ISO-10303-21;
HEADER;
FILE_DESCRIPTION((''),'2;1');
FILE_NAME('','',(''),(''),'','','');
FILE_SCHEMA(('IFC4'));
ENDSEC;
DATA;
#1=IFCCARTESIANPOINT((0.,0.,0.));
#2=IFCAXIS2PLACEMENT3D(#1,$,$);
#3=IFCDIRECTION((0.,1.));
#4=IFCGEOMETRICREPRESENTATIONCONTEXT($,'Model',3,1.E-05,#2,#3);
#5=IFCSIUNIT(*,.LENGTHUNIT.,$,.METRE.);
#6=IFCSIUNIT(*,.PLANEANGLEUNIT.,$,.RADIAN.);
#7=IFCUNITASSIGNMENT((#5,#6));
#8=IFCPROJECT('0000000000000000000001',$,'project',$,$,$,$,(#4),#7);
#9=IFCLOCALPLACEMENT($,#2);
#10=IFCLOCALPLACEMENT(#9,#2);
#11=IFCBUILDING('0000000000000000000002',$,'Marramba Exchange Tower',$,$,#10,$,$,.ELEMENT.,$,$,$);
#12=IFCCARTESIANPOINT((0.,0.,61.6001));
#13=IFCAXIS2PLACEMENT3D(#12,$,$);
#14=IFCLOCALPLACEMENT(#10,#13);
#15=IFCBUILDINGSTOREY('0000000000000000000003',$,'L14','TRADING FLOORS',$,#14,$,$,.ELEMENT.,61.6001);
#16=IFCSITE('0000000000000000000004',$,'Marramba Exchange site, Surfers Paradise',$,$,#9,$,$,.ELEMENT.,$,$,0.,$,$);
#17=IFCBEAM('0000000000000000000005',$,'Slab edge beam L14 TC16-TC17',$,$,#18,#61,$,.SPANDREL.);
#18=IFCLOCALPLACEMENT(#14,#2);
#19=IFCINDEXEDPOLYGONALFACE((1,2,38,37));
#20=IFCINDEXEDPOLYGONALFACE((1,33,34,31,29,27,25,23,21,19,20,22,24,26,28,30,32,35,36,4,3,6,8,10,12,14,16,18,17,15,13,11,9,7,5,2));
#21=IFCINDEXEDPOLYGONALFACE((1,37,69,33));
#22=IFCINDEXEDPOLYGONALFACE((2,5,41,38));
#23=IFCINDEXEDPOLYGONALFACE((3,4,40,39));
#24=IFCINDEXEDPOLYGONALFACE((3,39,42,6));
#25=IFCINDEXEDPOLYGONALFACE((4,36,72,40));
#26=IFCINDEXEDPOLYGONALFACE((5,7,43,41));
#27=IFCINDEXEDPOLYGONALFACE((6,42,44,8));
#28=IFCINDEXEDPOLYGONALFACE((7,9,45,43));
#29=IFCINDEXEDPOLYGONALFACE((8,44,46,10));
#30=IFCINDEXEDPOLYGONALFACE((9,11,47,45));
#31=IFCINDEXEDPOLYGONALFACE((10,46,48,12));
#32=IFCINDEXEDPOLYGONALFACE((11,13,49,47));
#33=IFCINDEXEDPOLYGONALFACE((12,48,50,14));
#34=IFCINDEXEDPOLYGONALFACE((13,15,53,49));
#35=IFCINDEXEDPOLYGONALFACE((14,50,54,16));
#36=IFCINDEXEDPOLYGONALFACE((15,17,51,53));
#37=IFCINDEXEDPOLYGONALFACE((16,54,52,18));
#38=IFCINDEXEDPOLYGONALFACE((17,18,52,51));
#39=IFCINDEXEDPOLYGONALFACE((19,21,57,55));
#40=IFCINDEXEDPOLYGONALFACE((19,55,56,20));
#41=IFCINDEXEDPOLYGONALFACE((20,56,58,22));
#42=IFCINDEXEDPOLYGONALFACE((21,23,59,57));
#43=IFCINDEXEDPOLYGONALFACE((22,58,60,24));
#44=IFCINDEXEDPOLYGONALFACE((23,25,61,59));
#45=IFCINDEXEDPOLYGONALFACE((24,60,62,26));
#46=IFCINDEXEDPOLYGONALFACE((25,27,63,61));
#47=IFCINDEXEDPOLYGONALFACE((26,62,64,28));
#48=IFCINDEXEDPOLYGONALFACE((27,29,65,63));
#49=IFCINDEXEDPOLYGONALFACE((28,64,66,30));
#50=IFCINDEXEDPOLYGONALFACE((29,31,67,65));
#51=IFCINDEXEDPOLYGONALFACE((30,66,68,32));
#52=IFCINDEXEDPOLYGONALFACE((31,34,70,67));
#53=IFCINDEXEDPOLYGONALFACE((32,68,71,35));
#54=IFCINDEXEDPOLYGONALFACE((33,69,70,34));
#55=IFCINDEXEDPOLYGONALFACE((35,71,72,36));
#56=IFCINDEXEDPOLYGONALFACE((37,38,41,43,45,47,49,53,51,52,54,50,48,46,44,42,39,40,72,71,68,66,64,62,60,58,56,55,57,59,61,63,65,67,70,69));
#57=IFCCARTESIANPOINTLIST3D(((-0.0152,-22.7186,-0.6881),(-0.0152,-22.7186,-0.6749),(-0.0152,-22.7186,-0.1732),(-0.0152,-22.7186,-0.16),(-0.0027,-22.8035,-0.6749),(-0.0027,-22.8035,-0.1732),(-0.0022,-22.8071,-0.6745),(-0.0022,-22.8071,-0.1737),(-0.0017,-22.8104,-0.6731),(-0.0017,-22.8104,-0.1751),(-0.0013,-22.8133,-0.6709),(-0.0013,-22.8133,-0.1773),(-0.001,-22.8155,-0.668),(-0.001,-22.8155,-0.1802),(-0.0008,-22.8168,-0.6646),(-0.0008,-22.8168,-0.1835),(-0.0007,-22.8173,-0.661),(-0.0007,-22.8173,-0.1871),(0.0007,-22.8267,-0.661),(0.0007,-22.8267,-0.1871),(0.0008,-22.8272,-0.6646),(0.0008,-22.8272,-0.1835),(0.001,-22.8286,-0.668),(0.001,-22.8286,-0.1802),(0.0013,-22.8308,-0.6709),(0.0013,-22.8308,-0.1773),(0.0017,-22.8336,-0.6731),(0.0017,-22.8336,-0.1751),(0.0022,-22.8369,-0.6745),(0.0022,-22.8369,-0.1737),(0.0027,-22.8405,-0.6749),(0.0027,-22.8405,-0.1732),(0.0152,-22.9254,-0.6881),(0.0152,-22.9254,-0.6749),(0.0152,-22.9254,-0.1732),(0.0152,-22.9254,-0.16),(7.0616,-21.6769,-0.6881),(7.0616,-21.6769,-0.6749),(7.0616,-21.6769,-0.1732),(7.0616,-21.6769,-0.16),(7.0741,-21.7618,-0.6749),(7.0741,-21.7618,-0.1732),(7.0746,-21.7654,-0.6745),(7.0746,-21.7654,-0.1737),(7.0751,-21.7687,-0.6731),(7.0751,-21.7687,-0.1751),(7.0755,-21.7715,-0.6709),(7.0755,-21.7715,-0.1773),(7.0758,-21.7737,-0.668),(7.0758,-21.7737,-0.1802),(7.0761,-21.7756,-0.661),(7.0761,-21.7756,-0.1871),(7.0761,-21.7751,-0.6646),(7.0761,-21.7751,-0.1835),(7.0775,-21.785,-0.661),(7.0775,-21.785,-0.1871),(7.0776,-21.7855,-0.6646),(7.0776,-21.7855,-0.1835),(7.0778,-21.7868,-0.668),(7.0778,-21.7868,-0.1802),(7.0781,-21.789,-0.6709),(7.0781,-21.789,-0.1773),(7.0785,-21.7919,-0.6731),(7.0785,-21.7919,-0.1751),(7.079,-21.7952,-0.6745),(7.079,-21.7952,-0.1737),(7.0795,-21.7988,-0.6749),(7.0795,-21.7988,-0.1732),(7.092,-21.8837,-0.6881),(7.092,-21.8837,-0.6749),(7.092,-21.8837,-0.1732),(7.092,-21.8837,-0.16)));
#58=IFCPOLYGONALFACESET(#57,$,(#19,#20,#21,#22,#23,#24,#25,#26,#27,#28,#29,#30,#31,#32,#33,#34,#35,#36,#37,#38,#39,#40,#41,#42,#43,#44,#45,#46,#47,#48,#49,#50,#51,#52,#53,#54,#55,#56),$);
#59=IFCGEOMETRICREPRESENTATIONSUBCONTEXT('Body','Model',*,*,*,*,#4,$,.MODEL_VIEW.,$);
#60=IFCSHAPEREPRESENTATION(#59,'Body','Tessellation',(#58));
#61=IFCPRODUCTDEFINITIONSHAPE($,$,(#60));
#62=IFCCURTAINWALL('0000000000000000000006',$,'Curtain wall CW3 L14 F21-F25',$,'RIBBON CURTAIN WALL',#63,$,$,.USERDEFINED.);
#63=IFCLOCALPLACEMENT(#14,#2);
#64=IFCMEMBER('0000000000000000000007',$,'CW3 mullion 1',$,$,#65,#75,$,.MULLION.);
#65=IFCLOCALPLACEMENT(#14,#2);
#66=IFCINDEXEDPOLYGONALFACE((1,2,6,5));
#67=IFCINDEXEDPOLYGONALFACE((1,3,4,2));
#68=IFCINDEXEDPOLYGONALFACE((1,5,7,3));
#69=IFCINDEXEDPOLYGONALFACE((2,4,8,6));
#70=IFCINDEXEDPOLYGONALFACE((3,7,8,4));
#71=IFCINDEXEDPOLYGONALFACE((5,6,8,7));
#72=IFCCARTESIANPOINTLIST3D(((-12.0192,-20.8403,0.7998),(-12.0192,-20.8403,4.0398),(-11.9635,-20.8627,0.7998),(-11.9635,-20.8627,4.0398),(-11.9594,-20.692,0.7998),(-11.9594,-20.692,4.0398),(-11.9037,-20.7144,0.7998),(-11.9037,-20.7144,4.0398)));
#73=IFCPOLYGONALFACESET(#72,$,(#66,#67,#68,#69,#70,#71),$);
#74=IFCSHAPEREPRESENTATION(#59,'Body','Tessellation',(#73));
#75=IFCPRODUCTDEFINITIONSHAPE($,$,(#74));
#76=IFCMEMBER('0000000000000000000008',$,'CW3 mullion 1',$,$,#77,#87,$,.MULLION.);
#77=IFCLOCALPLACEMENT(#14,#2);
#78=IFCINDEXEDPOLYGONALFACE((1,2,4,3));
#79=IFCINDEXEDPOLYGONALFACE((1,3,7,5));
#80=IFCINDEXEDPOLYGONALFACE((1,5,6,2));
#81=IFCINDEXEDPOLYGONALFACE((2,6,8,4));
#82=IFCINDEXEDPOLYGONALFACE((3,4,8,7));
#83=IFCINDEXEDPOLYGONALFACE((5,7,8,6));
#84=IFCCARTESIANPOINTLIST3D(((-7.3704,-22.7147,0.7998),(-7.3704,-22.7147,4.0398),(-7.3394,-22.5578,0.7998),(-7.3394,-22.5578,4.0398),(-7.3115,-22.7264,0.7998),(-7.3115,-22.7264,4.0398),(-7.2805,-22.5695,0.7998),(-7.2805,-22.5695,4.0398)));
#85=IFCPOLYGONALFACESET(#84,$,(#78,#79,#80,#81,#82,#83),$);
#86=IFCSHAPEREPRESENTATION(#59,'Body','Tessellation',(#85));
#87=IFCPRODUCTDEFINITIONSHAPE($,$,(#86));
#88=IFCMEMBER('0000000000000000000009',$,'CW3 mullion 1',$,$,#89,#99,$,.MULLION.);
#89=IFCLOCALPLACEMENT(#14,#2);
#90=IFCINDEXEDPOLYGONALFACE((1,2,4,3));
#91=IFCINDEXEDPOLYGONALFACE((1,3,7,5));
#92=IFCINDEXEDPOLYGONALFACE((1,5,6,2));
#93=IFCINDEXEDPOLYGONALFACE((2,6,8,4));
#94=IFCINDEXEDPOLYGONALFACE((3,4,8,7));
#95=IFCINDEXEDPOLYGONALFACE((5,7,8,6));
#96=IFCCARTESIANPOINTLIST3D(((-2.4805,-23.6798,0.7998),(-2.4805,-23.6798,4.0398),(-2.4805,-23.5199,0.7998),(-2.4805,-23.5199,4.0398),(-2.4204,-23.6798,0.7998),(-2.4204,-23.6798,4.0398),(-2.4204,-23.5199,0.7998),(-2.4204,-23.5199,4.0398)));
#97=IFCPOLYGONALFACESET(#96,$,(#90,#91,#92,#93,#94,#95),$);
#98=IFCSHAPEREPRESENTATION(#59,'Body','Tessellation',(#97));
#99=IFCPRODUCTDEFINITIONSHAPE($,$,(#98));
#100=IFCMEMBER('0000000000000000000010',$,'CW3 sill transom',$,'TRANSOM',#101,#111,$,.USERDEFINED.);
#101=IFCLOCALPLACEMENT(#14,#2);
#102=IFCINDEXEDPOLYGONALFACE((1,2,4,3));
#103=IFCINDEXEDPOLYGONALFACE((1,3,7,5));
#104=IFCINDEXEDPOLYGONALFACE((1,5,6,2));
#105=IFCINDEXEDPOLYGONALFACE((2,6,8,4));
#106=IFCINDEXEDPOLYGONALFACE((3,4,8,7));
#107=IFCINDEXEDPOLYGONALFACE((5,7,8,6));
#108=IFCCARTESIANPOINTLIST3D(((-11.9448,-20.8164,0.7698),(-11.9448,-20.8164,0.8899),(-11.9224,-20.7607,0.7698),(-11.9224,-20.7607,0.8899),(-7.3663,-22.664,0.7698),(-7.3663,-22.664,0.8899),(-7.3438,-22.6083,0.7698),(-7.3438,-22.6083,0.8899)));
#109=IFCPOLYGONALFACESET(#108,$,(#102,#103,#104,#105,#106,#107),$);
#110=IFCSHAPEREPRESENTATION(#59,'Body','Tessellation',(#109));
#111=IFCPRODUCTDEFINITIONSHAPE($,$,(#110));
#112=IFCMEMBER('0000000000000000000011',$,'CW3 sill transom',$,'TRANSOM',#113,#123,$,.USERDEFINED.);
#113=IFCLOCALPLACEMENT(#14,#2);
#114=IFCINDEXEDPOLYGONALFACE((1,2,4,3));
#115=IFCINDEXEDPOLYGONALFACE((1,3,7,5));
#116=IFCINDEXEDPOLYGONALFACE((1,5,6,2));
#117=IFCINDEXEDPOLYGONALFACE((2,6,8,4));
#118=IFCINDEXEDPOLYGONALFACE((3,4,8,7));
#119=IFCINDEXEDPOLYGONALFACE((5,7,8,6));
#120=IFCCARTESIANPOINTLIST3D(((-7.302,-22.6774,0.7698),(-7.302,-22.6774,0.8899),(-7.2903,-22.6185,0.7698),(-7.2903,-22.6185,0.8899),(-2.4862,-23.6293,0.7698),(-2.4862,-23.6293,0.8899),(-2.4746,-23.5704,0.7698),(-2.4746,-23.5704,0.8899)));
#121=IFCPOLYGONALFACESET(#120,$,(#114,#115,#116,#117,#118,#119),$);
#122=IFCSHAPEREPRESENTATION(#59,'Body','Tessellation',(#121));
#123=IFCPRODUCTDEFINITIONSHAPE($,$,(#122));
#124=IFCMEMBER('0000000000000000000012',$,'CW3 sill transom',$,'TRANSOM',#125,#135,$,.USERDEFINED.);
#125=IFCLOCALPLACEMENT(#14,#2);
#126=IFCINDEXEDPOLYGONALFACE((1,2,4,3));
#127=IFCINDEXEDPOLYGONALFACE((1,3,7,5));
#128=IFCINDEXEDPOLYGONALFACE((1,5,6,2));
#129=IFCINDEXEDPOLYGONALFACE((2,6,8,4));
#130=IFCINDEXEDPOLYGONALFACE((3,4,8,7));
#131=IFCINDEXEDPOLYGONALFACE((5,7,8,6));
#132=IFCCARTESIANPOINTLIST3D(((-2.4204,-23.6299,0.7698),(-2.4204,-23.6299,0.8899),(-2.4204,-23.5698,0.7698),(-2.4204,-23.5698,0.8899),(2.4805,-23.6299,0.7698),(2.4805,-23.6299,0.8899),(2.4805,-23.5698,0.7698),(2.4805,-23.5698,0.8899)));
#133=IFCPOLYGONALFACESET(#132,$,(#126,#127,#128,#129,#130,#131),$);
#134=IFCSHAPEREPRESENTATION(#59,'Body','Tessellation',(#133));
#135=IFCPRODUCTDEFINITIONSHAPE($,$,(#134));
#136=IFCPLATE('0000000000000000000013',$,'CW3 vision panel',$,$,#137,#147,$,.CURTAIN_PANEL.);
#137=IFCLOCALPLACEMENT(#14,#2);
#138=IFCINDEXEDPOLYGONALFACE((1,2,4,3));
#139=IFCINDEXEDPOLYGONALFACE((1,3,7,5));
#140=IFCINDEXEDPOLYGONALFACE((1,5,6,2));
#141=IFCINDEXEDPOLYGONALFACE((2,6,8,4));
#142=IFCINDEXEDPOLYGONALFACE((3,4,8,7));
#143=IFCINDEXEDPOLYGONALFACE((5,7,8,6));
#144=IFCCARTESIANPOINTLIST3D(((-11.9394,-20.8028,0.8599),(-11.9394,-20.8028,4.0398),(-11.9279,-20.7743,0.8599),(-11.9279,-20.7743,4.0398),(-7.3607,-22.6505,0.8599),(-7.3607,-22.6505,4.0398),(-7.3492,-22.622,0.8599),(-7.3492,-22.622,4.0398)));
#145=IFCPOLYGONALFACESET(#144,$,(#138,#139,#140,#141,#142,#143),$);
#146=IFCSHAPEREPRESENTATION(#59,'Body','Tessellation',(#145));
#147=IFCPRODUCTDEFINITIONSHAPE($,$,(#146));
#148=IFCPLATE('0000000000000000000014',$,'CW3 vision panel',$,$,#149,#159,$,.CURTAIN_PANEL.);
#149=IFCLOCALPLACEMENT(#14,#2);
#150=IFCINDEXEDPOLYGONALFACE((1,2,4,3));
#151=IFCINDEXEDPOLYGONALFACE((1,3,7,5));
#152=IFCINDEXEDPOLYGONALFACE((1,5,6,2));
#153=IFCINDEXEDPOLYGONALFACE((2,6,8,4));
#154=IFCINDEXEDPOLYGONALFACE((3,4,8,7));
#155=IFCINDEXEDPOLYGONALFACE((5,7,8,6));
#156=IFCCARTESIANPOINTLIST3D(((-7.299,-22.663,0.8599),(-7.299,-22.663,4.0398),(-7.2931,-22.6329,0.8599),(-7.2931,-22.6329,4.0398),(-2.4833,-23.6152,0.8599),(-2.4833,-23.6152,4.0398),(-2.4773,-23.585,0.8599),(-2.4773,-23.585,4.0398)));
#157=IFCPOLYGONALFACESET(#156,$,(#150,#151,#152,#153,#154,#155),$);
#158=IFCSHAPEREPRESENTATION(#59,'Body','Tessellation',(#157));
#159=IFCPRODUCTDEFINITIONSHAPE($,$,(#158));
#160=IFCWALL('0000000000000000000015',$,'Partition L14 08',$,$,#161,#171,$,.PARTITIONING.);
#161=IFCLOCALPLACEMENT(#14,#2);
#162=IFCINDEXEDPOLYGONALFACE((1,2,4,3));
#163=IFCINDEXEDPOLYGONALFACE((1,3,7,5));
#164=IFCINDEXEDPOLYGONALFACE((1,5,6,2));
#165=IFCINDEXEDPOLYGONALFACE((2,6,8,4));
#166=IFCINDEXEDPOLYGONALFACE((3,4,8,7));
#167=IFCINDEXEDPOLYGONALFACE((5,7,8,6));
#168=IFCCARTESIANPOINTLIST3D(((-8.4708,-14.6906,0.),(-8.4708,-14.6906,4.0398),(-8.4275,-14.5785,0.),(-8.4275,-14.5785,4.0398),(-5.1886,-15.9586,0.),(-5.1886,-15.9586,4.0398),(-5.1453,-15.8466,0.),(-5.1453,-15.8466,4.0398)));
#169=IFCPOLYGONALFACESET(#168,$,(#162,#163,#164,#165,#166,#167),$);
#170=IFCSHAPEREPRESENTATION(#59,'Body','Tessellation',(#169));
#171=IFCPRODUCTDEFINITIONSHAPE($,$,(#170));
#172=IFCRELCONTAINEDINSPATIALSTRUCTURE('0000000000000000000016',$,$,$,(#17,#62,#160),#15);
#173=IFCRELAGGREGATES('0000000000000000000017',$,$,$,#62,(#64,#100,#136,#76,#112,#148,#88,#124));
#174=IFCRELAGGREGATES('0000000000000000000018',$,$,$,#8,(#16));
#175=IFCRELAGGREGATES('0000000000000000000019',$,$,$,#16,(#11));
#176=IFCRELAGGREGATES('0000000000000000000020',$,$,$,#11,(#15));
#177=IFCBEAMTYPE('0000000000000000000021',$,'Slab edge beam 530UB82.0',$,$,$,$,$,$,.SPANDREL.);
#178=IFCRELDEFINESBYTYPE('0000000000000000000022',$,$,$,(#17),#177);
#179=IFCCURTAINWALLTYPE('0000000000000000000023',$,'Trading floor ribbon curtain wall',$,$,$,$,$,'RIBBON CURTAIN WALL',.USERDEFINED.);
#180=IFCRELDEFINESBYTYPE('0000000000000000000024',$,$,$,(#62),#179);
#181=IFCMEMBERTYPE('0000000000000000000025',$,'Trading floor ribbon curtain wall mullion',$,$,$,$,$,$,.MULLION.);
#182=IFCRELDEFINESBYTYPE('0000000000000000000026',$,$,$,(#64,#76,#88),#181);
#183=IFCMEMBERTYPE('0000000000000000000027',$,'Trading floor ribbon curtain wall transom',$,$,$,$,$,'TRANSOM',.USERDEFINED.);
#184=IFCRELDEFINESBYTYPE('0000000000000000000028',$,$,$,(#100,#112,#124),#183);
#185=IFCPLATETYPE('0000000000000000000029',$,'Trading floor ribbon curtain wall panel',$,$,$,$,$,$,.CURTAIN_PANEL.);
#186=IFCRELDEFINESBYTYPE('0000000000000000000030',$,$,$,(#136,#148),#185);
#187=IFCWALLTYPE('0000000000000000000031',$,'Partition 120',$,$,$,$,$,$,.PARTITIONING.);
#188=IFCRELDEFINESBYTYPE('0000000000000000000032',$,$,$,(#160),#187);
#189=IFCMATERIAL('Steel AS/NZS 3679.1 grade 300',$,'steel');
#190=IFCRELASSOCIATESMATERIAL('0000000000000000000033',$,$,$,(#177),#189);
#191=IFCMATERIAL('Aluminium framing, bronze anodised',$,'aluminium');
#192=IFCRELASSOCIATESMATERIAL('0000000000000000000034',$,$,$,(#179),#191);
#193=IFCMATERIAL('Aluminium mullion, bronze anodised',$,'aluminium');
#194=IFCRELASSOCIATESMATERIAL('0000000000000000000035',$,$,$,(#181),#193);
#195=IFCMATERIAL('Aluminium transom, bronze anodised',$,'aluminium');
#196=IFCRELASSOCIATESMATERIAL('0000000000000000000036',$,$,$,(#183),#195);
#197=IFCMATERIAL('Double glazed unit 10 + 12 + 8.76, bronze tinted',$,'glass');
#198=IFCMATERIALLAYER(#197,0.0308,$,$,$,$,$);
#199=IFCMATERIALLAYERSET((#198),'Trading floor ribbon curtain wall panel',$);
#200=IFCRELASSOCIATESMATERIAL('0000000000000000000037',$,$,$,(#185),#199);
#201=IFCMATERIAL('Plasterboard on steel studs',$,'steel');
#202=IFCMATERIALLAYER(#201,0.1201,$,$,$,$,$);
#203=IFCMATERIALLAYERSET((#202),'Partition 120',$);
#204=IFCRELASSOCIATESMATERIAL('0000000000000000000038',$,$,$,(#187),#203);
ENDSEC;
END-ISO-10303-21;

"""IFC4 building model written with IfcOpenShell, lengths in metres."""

from ifc_helpers import new_model, si_unit, direction, frame, frame_2d, origin, origin_2d, place, context, subcontext, project, spatial, rectangle, i_section, extrude, material, layer, layer_set, material_profile, profile_set, type_object, element, aggregate, save


model = new_model("IFC4")

# Units and contexts
model_context = context("Model", 3, precision=1e-05, world=origin(), true_north=direction((0.0, 1.0)))
body_context = subcontext(model_context, "Body", "Model", "MODEL_VIEW")
ifc_project = project(units=[si_unit("LENGTHUNIT", "METRE"), si_unit("PLANEANGLEUNIT", "RADIAN")], contexts=[model_context])

# Site, building, storey
site_placement = place(None, origin())
site = spatial("IfcSite", under=ifc_project, at=site_placement, Name="Marramba Exchange site, Surfers Paradise", CompositionType="ELEMENT", RefElevation=0.0)
building_placement = place(site_placement, origin())
building = spatial("IfcBuilding", under=site, at=building_placement, Name="Marramba Exchange Tower", CompositionType="ELEMENT")
storey_placement = place(building_placement, frame((0.0, 0.0, 61.6001)))
storey = spatial("IfcBuildingStorey", under=building, at=storey_placement, Name="L14", Description="TRADING FLOORS", CompositionType="ELEMENT", Elevation=61.6001)

# Beam
ifc_material_1 = material(Name="Steel AS/NZS 3679.1 grade 300", Category="steel")
ifc_material_profile_1 = material_profile(ifc_material_1, i_section(OverallWidth=0.209, OverallDepth=0.5281, WebThickness=0.0095, FlangeThickness=0.0132, FilletRadius=0.0139, at=origin_2d()), Name="530UB82.0")
ifc_profile_set_1 = profile_set([ifc_material_profile_1], Name="Steel AS/NZS 3679.1 grade 300")
beam_type_1 = type_object("IfcBeamType", Name="Slab edge beam 530UB82.0", PredefinedType="SPANDREL", material=ifc_profile_set_1)
for number, where, z_axis, x_axis, name in (
    (1, (0.0, -22.822, -0.4241), (0.989338, 0.145634, 0.0), (-0.145634, 0.989338, 0.0), "Slab edge beam L14 TC16-TC17"),
):
    element("IfcBeam", number, at=place(storey_placement, frame(where, z_axis=z_axis, x_axis=x_axis)), inside=storey, type_object=beam_type_1, Name=name, PredefinedType="SPANDREL", context=body_context, shape_type="SweptSolid", body=[
        extrude(i_section(OverallWidth=0.209, OverallDepth=0.5281, WebThickness=0.0095, FlangeThickness=0.0132, FilletRadius=0.0139, at=origin_2d()), origin(), (0.0, 0.0, 1.0), 7.1531),
    ])

# Curtain wall, members, plates
ifc_material_2 = material(Name="Aluminium framing, bronze anodised", Category="aluminium")
curtain_wall_type = type_object("IfcCurtainWallType", Name="Trading floor ribbon curtain wall", ElementType="RIBBON CURTAIN WALL", PredefinedType="USERDEFINED", material=ifc_material_2)
curtain_wall_placement = place(storey_placement, origin())
curtain_wall = element("IfcCurtainWall", 2, at=curtain_wall_placement, inside=storey, type_object=curtain_wall_type, Name="Curtain wall CW3 L14 F21-F25", ObjectType="RIBBON CURTAIN WALL", PredefinedType="USERDEFINED")
ifc_material_3 = material(Name="Aluminium mullion, bronze anodised", Category="aluminium")
ifc_material_profile_2 = material_profile(ifc_material_3, rectangle(XDim=0.1599, YDim=0.0601, at=origin_2d()), Name="CW3 mullion 60x160")
ifc_profile_set_2 = profile_set([ifc_material_profile_2], Name="Aluminium mullion, bronze anodised")
member_type_1 = type_object("IfcMemberType", Name="Trading floor ribbon curtain wall mullion", PredefinedType="MULLION", material=ifc_profile_set_2)
member_1_placement = place(storey_placement, frame((-11.9614, -20.7773, 0.7998), z_axis=(0.0, 0.0, 1.0), x_axis=(0.374218, 0.927341, 0.0)))
member_1 = element("IfcMember", 3, at=member_1_placement, type_object=member_type_1, Name="CW3 mullion 1", PredefinedType="MULLION", context=body_context, shape_type="SweptSolid", body=[
    extrude(rectangle(XDim=0.1599, YDim=0.0601, at=origin_2d()), origin(), (0.0, 0.0, 1.0), 3.24),
])
member_2_placement = place(storey_placement, frame((-7.3254, -22.6421, 0.7998), z_axis=(0.0, 0.0, 1.0), x_axis=(0.193961, 0.981009, 0.0)))
member_2 = element("IfcMember", 4, at=member_2_placement, type_object=member_type_1, Name="CW3 mullion 1", PredefinedType="MULLION", context=body_context, shape_type="SweptSolid", body=[
    extrude(rectangle(XDim=0.1599, YDim=0.0601, at=origin_2d()), origin(), (0.0, 0.0, 1.0), 3.24),
])
member_3_placement = place(storey_placement, frame((-2.4504, -23.5999, 0.7998), z_axis=(0.0, 0.0, 1.0), x_axis=(0.0, 1.0, 0.0)))
member_3 = element("IfcMember", 5, at=member_3_placement, type_object=member_type_1, Name="CW3 mullion 1", PredefinedType="MULLION", context=body_context, shape_type="SweptSolid", body=[
    extrude(rectangle(XDim=0.1599, YDim=0.0601, at=origin_2d()), origin(), (0.0, 0.0, 1.0), 3.24),
])
ifc_material_4 = material(Name="Aluminium transom, bronze anodised", Category="aluminium")
ifc_material_profile_3 = material_profile(ifc_material_4, rectangle(XDim=0.0601, YDim=0.1201, at=origin_2d()), Name="CW3 transom 60x120")
ifc_profile_set_3 = profile_set([ifc_material_profile_3], Name="Aluminium transom, bronze anodised")
member_type_2 = type_object("IfcMemberType", Name="Trading floor ribbon curtain wall transom", ElementType="TRANSOM", PredefinedType="USERDEFINED", material=ifc_profile_set_3)
member_4_placement = place(storey_placement, frame((-11.9336, -20.7886, 0.8298), z_axis=(0.92734, -0.374219, 0.0), x_axis=(0.374219, 0.92734, 0.0)))
member_4 = element("IfcMember", 6, at=member_4_placement, type_object=member_type_2, Name="CW3 sill transom", ObjectType="TRANSOM", PredefinedType="USERDEFINED", context=body_context, shape_type="SweptSolid", body=[
    extrude(rectangle(XDim=0.0601, YDim=0.1201, at=origin_2d()), origin(), (0.0, 0.0, 1.0), 4.9373),
])
member_5_placement = place(storey_placement, frame((-7.2961, -22.6479, 0.8298), z_axis=(0.981018, -0.193916, 0.0), x_axis=(0.193916, 0.981018, 0.0)))
member_5 = element("IfcMember", 7, at=member_5_placement, type_object=member_type_2, Name="CW3 sill transom", ObjectType="TRANSOM", PredefinedType="USERDEFINED", context=body_context, shape_type="SweptSolid", body=[
    extrude(rectangle(XDim=0.0601, YDim=0.1201, at=origin_2d()), origin(), (0.0, 0.0, 1.0), 4.9089),
])
member_6_placement = place(storey_placement, frame((-2.4204, -23.5999, 0.8298), z_axis=(1.0, 0.0, 0.0), x_axis=(0.0, 1.0, 0.0)))
member_6 = element("IfcMember", 8, at=member_6_placement, type_object=member_type_2, Name="CW3 sill transom", ObjectType="TRANSOM", PredefinedType="USERDEFINED", context=body_context, shape_type="SweptSolid", body=[
    extrude(rectangle(XDim=0.0601, YDim=0.1201, at=origin_2d()), origin(), (0.0, 0.0, 1.0), 4.9009),
])
ifc_material_5 = material(Name="Double glazed unit 10 + 12 + 8.76, bronze tinted", Category="glass")
ifc_layer_1 = layer(ifc_material_5, 0.0308)
ifc_layer_set_1 = layer_set([ifc_layer_1], Name="Trading floor ribbon curtain wall panel")
plate_type = type_object("IfcPlateType", Name="Trading floor ribbon curtain wall panel", PredefinedType="CURTAIN_PANEL", material=ifc_layer_set_1)
plate_1_placement = place(storey_placement, frame((-9.6443, -21.7124, 0.8599), z_axis=(0.0, 0.0, 1.0), x_axis=(0.927341, -0.374218, 0.0)))
plate_1 = element("IfcPlate", 9, at=plate_1_placement, type_object=plate_type, Name="CW3 vision panel", PredefinedType="CURTAIN_PANEL", context=body_context, shape_type="SweptSolid", body=[
    extrude(rectangle(XDim=4.9375, YDim=0.0308, at=origin_2d()), origin(), (0.0, 0.0, 1.0), 3.1799),
])
plate_2_placement = place(storey_placement, frame((-4.8882, -23.124, 0.8599), z_axis=(0.0, 0.0, 1.0), x_axis=(0.981009, -0.193961, 0.0)))
plate_2 = element("IfcPlate", 10, at=plate_2_placement, type_object=plate_type, Name="CW3 vision panel", PredefinedType="CURTAIN_PANEL", context=body_context, shape_type="SweptSolid", body=[
    extrude(rectangle(XDim=4.9089, YDim=0.0308, at=origin_2d()), origin(), (0.0, 0.0, 1.0), 3.1799),
])
aggregate(curtain_wall, [member_1, member_4, plate_1, member_2, member_5, plate_2, member_3, member_6])

# Wall
ifc_material_6 = material(Name="Plasterboard on steel studs", Category="steel")
ifc_layer_2 = layer(ifc_material_6, 0.1201)
ifc_layer_set_2 = layer_set([ifc_layer_2], Name="Partition 120")
wall_type = type_object("IfcWallType", Name="Partition 120", PredefinedType="PARTITIONING", material=ifc_layer_set_2)
wall_1_placement = place(storey_placement, frame((-5.167, -15.9026, 0.0), z_axis=(0.0, 0.0, 1.0), x_axis=(-0.932804, 0.360383, 0.0)))
element("IfcWall", 11, at=wall_1_placement, inside=storey, type_object=wall_type, Name="Partition L14 08", PredefinedType="PARTITIONING", context=body_context, shape_type="SweptSolid", body=[
    extrude(rectangle(XDim=3.5186, YDim=0.1201, at=frame_2d((1.7593, 0.0))), origin(), (0.0, 0.0, 1.0), 4.0398),
])

save(model, "model.ifc")
